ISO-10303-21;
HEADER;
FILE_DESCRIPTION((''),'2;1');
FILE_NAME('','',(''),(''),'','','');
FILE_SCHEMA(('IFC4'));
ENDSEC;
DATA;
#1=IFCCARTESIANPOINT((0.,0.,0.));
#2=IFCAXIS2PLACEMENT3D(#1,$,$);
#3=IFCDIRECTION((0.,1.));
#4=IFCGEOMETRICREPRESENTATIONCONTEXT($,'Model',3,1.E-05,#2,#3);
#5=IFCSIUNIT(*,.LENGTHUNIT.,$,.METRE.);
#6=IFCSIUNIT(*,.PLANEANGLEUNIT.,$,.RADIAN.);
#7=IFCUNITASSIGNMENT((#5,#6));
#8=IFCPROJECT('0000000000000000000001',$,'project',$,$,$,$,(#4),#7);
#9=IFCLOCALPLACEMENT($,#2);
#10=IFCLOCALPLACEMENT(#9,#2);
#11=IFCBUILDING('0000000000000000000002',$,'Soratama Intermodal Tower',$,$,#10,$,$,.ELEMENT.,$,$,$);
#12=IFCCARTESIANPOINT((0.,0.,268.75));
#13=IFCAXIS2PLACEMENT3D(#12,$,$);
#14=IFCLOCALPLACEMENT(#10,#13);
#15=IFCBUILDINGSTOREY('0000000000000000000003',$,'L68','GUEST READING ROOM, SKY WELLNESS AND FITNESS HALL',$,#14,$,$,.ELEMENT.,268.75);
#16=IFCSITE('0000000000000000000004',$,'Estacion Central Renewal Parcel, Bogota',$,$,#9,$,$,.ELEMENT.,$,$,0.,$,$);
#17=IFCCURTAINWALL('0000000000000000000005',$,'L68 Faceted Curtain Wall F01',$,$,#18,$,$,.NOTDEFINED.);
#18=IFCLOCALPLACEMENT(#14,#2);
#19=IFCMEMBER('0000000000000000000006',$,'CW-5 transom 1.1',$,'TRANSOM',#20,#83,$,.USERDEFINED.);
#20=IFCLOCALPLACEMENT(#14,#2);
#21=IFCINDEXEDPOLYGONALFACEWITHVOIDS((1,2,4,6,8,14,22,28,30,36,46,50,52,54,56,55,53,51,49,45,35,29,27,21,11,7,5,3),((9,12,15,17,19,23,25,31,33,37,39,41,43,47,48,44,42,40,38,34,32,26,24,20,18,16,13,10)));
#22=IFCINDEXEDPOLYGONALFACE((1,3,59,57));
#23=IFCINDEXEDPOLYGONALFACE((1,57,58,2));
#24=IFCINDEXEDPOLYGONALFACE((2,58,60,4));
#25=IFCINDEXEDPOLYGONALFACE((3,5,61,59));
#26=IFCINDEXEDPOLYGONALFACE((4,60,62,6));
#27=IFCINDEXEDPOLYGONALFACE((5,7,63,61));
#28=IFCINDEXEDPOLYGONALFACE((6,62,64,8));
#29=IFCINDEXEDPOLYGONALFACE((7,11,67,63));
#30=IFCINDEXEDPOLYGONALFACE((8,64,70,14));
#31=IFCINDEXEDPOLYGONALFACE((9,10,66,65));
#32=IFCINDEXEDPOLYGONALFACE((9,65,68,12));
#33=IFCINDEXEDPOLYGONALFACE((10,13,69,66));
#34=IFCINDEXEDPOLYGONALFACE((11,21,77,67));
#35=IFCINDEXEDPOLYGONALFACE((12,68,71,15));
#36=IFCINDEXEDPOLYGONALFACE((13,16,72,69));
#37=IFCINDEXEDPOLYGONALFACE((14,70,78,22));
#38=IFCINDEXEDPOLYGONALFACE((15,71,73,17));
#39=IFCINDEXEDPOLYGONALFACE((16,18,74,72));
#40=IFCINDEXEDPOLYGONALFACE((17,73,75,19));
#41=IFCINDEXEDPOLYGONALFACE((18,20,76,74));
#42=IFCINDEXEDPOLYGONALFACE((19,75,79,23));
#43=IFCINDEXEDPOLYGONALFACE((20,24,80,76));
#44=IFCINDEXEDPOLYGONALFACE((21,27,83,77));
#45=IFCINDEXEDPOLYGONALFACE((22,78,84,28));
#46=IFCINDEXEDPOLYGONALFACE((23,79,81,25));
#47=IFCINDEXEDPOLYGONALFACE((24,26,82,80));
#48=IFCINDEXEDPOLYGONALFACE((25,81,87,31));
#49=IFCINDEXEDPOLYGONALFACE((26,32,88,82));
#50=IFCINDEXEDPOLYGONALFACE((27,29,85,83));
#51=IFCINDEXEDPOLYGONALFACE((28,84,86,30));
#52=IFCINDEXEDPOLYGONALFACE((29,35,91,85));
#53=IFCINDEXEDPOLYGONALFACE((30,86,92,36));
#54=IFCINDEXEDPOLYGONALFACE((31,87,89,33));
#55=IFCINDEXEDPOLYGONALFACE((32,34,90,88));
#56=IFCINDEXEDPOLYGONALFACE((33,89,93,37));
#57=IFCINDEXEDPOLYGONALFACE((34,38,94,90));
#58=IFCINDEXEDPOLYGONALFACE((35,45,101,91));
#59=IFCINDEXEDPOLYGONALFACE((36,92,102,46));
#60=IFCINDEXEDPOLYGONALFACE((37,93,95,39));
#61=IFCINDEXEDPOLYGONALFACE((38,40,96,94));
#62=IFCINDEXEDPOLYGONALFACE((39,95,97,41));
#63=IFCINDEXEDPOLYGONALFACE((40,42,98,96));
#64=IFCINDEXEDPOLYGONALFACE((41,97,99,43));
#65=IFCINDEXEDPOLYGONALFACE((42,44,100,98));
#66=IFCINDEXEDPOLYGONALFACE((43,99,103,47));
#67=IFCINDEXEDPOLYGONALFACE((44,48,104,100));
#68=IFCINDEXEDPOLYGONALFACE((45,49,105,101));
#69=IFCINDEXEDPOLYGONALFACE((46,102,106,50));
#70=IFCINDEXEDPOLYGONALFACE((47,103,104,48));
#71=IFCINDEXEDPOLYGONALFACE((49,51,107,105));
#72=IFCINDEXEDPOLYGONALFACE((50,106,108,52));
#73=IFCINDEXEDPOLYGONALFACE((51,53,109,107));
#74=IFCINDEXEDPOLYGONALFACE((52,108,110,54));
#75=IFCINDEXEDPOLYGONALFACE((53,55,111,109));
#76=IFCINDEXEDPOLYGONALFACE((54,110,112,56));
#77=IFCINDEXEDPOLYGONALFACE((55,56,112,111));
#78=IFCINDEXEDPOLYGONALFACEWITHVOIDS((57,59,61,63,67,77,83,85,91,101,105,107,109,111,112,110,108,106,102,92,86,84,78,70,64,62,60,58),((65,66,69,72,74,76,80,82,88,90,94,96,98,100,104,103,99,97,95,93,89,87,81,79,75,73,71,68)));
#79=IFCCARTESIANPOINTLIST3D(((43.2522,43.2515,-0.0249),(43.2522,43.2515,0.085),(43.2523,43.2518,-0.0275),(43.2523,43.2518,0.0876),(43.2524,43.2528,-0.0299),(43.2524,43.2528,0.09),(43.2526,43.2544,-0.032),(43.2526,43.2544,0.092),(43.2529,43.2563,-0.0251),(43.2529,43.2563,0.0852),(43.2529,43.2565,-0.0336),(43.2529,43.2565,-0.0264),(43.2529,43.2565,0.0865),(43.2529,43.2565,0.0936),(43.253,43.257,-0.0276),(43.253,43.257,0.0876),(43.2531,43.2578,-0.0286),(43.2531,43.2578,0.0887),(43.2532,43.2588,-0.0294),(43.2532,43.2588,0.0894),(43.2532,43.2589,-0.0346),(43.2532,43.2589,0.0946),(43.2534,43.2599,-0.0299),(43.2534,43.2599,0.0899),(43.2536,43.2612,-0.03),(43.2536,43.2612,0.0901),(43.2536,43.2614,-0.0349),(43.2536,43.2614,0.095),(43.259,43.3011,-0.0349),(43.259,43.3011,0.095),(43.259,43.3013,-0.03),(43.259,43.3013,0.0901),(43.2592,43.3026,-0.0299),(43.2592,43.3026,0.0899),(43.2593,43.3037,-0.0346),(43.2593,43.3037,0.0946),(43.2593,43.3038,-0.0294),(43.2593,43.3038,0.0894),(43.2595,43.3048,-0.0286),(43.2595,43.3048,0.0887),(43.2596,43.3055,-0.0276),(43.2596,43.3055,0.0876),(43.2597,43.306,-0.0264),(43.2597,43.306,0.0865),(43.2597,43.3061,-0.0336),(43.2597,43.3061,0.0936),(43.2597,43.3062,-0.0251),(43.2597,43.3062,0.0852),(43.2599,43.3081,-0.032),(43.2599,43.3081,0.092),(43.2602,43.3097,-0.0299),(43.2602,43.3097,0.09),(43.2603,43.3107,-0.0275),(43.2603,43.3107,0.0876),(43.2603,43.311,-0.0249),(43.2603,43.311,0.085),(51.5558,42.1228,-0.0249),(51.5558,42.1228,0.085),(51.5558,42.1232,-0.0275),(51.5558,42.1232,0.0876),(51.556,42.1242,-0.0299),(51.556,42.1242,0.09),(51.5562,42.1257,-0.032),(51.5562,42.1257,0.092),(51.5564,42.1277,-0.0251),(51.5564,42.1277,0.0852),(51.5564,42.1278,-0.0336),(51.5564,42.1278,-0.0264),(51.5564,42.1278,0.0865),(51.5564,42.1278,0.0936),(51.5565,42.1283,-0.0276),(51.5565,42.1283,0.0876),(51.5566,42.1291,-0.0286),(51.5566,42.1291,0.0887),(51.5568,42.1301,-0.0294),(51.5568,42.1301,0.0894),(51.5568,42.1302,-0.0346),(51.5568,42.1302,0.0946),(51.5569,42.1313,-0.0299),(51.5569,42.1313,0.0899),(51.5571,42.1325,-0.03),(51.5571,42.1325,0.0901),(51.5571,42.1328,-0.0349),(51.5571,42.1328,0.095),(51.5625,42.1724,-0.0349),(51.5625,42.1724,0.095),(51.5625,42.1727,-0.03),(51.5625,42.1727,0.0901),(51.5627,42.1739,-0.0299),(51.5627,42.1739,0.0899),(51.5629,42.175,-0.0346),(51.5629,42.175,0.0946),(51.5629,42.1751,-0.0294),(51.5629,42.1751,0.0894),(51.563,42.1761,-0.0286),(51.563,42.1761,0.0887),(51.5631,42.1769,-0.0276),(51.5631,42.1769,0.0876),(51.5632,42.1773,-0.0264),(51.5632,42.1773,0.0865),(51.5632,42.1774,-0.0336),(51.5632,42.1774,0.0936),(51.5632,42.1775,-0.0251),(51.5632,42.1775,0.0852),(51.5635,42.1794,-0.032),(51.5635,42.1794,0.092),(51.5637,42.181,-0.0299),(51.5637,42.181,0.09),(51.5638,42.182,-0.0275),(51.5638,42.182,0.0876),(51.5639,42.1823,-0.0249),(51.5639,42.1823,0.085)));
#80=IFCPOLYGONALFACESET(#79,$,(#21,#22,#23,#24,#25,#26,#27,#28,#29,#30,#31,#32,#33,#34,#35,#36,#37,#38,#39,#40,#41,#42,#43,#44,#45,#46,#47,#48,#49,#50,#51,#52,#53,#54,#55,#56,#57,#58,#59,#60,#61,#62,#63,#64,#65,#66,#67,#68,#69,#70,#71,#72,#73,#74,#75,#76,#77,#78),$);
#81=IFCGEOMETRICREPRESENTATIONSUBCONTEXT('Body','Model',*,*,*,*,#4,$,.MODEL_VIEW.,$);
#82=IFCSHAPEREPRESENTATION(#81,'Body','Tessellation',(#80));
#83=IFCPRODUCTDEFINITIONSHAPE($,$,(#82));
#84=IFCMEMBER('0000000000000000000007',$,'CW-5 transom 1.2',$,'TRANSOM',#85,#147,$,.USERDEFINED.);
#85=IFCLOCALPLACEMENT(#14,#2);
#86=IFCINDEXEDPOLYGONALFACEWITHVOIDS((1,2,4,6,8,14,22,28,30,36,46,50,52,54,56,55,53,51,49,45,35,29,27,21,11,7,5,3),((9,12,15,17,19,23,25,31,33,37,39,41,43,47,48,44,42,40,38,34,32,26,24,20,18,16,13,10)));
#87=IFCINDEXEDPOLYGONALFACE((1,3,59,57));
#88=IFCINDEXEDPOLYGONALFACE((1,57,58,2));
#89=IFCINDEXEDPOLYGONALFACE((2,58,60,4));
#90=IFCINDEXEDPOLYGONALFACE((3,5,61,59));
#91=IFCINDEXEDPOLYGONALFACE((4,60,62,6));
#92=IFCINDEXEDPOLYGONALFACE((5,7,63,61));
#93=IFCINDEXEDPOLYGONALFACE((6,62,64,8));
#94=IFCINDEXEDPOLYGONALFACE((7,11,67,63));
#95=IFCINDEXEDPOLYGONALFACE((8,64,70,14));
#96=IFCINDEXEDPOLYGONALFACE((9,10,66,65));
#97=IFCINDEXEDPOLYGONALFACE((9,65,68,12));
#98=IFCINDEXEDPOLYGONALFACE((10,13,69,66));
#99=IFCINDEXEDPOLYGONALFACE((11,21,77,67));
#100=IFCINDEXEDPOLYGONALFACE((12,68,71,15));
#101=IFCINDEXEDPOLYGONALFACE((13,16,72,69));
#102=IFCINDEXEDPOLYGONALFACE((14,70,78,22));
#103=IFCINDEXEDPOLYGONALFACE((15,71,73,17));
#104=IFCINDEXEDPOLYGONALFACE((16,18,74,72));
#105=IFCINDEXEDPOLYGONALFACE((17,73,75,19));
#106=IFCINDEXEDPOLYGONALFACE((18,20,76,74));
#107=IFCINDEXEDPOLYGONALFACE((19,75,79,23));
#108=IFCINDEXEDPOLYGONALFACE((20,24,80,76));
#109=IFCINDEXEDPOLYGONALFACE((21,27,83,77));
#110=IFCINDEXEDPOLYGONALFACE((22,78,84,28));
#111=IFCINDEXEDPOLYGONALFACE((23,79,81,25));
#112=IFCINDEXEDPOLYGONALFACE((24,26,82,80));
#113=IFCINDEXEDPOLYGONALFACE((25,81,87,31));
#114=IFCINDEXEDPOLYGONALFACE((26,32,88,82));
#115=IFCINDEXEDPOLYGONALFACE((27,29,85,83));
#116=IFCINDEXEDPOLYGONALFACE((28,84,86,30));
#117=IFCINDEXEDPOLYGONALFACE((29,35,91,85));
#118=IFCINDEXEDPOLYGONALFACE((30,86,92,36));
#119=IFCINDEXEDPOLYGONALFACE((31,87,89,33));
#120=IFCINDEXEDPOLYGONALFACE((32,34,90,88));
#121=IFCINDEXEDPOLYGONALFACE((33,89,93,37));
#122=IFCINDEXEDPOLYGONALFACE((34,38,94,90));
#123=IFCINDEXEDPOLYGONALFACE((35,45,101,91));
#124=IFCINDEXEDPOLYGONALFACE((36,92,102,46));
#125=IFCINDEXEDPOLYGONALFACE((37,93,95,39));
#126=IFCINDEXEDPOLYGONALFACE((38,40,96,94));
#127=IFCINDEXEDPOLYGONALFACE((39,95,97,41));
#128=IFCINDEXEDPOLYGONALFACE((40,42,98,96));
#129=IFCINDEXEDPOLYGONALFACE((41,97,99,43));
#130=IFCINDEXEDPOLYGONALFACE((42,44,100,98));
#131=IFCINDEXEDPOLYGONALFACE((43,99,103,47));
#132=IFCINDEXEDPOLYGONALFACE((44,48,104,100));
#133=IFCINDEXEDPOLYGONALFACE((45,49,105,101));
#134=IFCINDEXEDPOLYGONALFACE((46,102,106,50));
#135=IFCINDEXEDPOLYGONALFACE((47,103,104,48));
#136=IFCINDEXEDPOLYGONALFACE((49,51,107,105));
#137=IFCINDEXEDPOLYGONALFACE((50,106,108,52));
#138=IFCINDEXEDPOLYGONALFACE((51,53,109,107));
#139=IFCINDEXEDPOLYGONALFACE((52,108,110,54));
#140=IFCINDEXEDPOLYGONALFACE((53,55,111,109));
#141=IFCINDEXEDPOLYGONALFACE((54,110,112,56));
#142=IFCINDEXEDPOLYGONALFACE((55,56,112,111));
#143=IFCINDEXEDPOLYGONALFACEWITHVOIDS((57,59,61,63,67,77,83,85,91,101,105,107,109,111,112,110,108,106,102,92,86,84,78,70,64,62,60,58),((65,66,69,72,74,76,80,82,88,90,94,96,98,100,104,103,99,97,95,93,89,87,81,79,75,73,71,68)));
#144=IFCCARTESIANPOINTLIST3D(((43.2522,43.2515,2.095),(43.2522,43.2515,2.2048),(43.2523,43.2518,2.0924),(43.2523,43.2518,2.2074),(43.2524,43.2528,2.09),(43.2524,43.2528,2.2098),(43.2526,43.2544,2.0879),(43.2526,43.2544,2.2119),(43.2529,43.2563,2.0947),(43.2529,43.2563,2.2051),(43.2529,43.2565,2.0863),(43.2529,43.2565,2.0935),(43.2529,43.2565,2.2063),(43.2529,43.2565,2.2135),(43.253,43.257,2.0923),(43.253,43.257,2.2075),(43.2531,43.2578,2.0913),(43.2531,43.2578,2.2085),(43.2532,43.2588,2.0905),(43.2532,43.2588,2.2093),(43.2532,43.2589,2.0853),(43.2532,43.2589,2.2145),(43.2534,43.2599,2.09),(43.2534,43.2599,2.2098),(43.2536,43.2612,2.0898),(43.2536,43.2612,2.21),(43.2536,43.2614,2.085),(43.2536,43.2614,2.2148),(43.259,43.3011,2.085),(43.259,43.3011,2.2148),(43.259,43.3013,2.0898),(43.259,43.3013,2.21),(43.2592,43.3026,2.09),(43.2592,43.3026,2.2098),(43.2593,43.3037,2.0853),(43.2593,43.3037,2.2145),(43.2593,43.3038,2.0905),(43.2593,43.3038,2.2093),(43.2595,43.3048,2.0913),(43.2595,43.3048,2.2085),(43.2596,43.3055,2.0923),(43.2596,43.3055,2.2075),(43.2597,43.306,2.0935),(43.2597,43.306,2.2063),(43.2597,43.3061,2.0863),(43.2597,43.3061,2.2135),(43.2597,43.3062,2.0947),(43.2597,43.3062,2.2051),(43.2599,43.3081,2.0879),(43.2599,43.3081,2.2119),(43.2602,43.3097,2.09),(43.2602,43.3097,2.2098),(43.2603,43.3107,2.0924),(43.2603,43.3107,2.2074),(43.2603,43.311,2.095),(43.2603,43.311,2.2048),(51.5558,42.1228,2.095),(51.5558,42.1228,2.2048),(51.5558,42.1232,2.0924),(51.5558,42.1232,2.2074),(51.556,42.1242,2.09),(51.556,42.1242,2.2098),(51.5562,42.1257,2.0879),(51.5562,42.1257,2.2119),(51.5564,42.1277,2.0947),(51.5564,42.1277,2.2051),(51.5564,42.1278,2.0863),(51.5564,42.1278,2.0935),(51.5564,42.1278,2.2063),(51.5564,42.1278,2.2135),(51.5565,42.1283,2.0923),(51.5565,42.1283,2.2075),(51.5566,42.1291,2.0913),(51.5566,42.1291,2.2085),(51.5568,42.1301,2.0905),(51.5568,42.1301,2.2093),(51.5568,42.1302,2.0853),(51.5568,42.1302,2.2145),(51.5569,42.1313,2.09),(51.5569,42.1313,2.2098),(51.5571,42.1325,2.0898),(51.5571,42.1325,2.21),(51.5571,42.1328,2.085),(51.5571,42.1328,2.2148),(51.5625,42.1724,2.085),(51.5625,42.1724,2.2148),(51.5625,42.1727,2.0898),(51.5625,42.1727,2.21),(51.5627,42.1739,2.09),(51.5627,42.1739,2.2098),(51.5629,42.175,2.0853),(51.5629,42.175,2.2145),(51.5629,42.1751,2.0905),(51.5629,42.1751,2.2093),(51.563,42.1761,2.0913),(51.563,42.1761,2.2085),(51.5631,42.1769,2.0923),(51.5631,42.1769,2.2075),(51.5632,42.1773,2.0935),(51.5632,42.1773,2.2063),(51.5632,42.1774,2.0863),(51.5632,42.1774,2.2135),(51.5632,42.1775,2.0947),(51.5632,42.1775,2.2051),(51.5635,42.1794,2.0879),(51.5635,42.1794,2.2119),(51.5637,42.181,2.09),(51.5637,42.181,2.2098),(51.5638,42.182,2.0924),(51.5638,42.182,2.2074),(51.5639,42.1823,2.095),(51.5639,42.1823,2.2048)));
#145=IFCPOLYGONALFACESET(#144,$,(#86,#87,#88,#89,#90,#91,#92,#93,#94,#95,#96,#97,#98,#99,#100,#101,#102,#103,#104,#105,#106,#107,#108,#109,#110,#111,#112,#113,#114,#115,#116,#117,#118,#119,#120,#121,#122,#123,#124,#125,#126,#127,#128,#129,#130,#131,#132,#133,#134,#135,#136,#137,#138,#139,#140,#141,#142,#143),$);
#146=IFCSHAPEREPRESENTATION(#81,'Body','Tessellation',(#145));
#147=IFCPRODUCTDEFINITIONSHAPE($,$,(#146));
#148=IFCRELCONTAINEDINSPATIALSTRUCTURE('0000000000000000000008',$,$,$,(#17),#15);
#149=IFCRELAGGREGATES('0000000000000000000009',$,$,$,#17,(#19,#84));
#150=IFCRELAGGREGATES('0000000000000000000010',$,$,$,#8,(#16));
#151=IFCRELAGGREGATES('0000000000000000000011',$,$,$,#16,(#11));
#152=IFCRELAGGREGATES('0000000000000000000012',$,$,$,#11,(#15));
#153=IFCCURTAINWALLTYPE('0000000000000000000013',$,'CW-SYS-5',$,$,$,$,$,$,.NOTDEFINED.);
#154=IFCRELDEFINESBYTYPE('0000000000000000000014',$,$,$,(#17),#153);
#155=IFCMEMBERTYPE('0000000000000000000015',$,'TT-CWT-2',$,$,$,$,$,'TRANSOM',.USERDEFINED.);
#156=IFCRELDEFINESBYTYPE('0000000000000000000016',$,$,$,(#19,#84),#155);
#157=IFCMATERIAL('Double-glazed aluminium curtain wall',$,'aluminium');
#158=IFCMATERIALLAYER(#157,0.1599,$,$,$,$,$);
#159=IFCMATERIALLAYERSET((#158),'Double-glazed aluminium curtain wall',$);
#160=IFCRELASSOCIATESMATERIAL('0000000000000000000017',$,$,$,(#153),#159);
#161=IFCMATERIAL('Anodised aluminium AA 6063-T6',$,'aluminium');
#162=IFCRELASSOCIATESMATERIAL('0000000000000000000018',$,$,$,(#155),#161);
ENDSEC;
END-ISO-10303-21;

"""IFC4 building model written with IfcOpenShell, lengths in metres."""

from ifc_helpers import new_model, si_unit, direction, frame, origin, origin_2d, place, context, subcontext, project, spatial, hollow_rectangle, extrude, material, layer, layer_set, material_profile, profile_set, type_object, element, aggregate, save


model = new_model("IFC4")

# Units and contexts
model_context = context("Model", 3, precision=1e-05, world=origin(), true_north=direction((0.0, 1.0)))
body_context = subcontext(model_context, "Body", "Model", "MODEL_VIEW")
ifc_project = project(units=[si_unit("LENGTHUNIT", "METRE"), si_unit("PLANEANGLEUNIT", "RADIAN")], contexts=[model_context])

# Site, building, storey
site_placement = place(None, origin())
site = spatial("IfcSite", under=ifc_project, at=site_placement, Name="Estacion Central Renewal Parcel, Bogota", CompositionType="ELEMENT", RefElevation=0.0)
building_placement = place(site_placement, origin())
building = spatial("IfcBuilding", under=site, at=building_placement, Name="Soratama Intermodal Tower", CompositionType="ELEMENT")
storey_placement = place(building_placement, frame((0.0, 0.0, 268.75)))
storey = spatial("IfcBuildingStorey", under=building, at=storey_placement, Name="L68", Description="GUEST READING ROOM, SKY WELLNESS AND FITNESS HALL", CompositionType="ELEMENT", Elevation=268.75)

# Curtain wall
ifc_material_1 = material(Name="Double-glazed aluminium curtain wall", Category="aluminium")
ifc_layer_1 = layer(ifc_material_1, 0.1599)
ifc_layer_set_1 = layer_set([ifc_layer_1], Name="Double-glazed aluminium curtain wall")
curtain_wall_type = type_object("IfcCurtainWallType", Name="CW-SYS-5", PredefinedType="NOTDEFINED", material=ifc_layer_set_1)
curtain_wall_1_placement = place(storey_placement, origin())
curtain_wall_1 = element("IfcCurtainWall", 1, at=curtain_wall_1_placement, inside=storey, type_object=curtain_wall_type, Name="L68 Faceted Curtain Wall F01", PredefinedType="NOTDEFINED")

# Members
ifc_material_2 = material(Name="Anodised aluminium AA 6063-T6", Category="aluminium")
ifc_material_profile_1 = material_profile(ifc_material_2, hollow_rectangle(XDim=0.0601, YDim=0.1299, WallThickness=0.0049, InnerFilletRadius=0.0049, OuterFilletRadius=0.01, at=origin_2d()), Name="CWT130X60X5")
ifc_profile_set_1 = profile_set([ifc_material_profile_1], Name="Anodised aluminium AA 6063-T6")
member_type_1 = type_object("IfcMemberType", Name="TT-CWT-2", ElementType="TRANSOM", PredefinedType="USERDEFINED", material=ifc_profile_set_1)
member_1_placement = place(storey_placement, frame((51.5598, 42.1526, 0.03), z_axis=(-0.990888, 0.134688, 0.0), x_axis=(-0.134688, -0.990888, 0.0)))
member_1 = element("IfcMember", 2, at=member_1_placement, type_object=member_type_1, Name="CW-5 transom 1.1", ObjectType="TRANSOM", PredefinedType="USERDEFINED", context=body_context, shape_type="SweptSolid", body=[
    extrude(hollow_rectangle(XDim=0.0601, YDim=0.1299, WallThickness=0.0049, InnerFilletRadius=0.0049, OuterFilletRadius=0.01, at=origin_2d()), origin(), (0.0, 0.0, 1.0), 8.3799),
])
member_2_placement = place(storey_placement, frame((51.5598, 42.1526, 2.1499), z_axis=(-0.990888, 0.134688, 0.0), x_axis=(-0.134688, -0.990888, 0.0)))
member_2 = element("IfcMember", 3, at=member_2_placement, type_object=member_type_1, Name="CW-5 transom 1.2", ObjectType="TRANSOM", PredefinedType="USERDEFINED", context=body_context, shape_type="SweptSolid", body=[
    extrude(hollow_rectangle(XDim=0.0601, YDim=0.1299, WallThickness=0.0049, InnerFilletRadius=0.0049, OuterFilletRadius=0.01, at=origin_2d()), origin(), (0.0, 0.0, 1.0), 8.3799),
])
aggregate(curtain_wall_1, [member_1, member_2])

save(model, "model.ifc")
